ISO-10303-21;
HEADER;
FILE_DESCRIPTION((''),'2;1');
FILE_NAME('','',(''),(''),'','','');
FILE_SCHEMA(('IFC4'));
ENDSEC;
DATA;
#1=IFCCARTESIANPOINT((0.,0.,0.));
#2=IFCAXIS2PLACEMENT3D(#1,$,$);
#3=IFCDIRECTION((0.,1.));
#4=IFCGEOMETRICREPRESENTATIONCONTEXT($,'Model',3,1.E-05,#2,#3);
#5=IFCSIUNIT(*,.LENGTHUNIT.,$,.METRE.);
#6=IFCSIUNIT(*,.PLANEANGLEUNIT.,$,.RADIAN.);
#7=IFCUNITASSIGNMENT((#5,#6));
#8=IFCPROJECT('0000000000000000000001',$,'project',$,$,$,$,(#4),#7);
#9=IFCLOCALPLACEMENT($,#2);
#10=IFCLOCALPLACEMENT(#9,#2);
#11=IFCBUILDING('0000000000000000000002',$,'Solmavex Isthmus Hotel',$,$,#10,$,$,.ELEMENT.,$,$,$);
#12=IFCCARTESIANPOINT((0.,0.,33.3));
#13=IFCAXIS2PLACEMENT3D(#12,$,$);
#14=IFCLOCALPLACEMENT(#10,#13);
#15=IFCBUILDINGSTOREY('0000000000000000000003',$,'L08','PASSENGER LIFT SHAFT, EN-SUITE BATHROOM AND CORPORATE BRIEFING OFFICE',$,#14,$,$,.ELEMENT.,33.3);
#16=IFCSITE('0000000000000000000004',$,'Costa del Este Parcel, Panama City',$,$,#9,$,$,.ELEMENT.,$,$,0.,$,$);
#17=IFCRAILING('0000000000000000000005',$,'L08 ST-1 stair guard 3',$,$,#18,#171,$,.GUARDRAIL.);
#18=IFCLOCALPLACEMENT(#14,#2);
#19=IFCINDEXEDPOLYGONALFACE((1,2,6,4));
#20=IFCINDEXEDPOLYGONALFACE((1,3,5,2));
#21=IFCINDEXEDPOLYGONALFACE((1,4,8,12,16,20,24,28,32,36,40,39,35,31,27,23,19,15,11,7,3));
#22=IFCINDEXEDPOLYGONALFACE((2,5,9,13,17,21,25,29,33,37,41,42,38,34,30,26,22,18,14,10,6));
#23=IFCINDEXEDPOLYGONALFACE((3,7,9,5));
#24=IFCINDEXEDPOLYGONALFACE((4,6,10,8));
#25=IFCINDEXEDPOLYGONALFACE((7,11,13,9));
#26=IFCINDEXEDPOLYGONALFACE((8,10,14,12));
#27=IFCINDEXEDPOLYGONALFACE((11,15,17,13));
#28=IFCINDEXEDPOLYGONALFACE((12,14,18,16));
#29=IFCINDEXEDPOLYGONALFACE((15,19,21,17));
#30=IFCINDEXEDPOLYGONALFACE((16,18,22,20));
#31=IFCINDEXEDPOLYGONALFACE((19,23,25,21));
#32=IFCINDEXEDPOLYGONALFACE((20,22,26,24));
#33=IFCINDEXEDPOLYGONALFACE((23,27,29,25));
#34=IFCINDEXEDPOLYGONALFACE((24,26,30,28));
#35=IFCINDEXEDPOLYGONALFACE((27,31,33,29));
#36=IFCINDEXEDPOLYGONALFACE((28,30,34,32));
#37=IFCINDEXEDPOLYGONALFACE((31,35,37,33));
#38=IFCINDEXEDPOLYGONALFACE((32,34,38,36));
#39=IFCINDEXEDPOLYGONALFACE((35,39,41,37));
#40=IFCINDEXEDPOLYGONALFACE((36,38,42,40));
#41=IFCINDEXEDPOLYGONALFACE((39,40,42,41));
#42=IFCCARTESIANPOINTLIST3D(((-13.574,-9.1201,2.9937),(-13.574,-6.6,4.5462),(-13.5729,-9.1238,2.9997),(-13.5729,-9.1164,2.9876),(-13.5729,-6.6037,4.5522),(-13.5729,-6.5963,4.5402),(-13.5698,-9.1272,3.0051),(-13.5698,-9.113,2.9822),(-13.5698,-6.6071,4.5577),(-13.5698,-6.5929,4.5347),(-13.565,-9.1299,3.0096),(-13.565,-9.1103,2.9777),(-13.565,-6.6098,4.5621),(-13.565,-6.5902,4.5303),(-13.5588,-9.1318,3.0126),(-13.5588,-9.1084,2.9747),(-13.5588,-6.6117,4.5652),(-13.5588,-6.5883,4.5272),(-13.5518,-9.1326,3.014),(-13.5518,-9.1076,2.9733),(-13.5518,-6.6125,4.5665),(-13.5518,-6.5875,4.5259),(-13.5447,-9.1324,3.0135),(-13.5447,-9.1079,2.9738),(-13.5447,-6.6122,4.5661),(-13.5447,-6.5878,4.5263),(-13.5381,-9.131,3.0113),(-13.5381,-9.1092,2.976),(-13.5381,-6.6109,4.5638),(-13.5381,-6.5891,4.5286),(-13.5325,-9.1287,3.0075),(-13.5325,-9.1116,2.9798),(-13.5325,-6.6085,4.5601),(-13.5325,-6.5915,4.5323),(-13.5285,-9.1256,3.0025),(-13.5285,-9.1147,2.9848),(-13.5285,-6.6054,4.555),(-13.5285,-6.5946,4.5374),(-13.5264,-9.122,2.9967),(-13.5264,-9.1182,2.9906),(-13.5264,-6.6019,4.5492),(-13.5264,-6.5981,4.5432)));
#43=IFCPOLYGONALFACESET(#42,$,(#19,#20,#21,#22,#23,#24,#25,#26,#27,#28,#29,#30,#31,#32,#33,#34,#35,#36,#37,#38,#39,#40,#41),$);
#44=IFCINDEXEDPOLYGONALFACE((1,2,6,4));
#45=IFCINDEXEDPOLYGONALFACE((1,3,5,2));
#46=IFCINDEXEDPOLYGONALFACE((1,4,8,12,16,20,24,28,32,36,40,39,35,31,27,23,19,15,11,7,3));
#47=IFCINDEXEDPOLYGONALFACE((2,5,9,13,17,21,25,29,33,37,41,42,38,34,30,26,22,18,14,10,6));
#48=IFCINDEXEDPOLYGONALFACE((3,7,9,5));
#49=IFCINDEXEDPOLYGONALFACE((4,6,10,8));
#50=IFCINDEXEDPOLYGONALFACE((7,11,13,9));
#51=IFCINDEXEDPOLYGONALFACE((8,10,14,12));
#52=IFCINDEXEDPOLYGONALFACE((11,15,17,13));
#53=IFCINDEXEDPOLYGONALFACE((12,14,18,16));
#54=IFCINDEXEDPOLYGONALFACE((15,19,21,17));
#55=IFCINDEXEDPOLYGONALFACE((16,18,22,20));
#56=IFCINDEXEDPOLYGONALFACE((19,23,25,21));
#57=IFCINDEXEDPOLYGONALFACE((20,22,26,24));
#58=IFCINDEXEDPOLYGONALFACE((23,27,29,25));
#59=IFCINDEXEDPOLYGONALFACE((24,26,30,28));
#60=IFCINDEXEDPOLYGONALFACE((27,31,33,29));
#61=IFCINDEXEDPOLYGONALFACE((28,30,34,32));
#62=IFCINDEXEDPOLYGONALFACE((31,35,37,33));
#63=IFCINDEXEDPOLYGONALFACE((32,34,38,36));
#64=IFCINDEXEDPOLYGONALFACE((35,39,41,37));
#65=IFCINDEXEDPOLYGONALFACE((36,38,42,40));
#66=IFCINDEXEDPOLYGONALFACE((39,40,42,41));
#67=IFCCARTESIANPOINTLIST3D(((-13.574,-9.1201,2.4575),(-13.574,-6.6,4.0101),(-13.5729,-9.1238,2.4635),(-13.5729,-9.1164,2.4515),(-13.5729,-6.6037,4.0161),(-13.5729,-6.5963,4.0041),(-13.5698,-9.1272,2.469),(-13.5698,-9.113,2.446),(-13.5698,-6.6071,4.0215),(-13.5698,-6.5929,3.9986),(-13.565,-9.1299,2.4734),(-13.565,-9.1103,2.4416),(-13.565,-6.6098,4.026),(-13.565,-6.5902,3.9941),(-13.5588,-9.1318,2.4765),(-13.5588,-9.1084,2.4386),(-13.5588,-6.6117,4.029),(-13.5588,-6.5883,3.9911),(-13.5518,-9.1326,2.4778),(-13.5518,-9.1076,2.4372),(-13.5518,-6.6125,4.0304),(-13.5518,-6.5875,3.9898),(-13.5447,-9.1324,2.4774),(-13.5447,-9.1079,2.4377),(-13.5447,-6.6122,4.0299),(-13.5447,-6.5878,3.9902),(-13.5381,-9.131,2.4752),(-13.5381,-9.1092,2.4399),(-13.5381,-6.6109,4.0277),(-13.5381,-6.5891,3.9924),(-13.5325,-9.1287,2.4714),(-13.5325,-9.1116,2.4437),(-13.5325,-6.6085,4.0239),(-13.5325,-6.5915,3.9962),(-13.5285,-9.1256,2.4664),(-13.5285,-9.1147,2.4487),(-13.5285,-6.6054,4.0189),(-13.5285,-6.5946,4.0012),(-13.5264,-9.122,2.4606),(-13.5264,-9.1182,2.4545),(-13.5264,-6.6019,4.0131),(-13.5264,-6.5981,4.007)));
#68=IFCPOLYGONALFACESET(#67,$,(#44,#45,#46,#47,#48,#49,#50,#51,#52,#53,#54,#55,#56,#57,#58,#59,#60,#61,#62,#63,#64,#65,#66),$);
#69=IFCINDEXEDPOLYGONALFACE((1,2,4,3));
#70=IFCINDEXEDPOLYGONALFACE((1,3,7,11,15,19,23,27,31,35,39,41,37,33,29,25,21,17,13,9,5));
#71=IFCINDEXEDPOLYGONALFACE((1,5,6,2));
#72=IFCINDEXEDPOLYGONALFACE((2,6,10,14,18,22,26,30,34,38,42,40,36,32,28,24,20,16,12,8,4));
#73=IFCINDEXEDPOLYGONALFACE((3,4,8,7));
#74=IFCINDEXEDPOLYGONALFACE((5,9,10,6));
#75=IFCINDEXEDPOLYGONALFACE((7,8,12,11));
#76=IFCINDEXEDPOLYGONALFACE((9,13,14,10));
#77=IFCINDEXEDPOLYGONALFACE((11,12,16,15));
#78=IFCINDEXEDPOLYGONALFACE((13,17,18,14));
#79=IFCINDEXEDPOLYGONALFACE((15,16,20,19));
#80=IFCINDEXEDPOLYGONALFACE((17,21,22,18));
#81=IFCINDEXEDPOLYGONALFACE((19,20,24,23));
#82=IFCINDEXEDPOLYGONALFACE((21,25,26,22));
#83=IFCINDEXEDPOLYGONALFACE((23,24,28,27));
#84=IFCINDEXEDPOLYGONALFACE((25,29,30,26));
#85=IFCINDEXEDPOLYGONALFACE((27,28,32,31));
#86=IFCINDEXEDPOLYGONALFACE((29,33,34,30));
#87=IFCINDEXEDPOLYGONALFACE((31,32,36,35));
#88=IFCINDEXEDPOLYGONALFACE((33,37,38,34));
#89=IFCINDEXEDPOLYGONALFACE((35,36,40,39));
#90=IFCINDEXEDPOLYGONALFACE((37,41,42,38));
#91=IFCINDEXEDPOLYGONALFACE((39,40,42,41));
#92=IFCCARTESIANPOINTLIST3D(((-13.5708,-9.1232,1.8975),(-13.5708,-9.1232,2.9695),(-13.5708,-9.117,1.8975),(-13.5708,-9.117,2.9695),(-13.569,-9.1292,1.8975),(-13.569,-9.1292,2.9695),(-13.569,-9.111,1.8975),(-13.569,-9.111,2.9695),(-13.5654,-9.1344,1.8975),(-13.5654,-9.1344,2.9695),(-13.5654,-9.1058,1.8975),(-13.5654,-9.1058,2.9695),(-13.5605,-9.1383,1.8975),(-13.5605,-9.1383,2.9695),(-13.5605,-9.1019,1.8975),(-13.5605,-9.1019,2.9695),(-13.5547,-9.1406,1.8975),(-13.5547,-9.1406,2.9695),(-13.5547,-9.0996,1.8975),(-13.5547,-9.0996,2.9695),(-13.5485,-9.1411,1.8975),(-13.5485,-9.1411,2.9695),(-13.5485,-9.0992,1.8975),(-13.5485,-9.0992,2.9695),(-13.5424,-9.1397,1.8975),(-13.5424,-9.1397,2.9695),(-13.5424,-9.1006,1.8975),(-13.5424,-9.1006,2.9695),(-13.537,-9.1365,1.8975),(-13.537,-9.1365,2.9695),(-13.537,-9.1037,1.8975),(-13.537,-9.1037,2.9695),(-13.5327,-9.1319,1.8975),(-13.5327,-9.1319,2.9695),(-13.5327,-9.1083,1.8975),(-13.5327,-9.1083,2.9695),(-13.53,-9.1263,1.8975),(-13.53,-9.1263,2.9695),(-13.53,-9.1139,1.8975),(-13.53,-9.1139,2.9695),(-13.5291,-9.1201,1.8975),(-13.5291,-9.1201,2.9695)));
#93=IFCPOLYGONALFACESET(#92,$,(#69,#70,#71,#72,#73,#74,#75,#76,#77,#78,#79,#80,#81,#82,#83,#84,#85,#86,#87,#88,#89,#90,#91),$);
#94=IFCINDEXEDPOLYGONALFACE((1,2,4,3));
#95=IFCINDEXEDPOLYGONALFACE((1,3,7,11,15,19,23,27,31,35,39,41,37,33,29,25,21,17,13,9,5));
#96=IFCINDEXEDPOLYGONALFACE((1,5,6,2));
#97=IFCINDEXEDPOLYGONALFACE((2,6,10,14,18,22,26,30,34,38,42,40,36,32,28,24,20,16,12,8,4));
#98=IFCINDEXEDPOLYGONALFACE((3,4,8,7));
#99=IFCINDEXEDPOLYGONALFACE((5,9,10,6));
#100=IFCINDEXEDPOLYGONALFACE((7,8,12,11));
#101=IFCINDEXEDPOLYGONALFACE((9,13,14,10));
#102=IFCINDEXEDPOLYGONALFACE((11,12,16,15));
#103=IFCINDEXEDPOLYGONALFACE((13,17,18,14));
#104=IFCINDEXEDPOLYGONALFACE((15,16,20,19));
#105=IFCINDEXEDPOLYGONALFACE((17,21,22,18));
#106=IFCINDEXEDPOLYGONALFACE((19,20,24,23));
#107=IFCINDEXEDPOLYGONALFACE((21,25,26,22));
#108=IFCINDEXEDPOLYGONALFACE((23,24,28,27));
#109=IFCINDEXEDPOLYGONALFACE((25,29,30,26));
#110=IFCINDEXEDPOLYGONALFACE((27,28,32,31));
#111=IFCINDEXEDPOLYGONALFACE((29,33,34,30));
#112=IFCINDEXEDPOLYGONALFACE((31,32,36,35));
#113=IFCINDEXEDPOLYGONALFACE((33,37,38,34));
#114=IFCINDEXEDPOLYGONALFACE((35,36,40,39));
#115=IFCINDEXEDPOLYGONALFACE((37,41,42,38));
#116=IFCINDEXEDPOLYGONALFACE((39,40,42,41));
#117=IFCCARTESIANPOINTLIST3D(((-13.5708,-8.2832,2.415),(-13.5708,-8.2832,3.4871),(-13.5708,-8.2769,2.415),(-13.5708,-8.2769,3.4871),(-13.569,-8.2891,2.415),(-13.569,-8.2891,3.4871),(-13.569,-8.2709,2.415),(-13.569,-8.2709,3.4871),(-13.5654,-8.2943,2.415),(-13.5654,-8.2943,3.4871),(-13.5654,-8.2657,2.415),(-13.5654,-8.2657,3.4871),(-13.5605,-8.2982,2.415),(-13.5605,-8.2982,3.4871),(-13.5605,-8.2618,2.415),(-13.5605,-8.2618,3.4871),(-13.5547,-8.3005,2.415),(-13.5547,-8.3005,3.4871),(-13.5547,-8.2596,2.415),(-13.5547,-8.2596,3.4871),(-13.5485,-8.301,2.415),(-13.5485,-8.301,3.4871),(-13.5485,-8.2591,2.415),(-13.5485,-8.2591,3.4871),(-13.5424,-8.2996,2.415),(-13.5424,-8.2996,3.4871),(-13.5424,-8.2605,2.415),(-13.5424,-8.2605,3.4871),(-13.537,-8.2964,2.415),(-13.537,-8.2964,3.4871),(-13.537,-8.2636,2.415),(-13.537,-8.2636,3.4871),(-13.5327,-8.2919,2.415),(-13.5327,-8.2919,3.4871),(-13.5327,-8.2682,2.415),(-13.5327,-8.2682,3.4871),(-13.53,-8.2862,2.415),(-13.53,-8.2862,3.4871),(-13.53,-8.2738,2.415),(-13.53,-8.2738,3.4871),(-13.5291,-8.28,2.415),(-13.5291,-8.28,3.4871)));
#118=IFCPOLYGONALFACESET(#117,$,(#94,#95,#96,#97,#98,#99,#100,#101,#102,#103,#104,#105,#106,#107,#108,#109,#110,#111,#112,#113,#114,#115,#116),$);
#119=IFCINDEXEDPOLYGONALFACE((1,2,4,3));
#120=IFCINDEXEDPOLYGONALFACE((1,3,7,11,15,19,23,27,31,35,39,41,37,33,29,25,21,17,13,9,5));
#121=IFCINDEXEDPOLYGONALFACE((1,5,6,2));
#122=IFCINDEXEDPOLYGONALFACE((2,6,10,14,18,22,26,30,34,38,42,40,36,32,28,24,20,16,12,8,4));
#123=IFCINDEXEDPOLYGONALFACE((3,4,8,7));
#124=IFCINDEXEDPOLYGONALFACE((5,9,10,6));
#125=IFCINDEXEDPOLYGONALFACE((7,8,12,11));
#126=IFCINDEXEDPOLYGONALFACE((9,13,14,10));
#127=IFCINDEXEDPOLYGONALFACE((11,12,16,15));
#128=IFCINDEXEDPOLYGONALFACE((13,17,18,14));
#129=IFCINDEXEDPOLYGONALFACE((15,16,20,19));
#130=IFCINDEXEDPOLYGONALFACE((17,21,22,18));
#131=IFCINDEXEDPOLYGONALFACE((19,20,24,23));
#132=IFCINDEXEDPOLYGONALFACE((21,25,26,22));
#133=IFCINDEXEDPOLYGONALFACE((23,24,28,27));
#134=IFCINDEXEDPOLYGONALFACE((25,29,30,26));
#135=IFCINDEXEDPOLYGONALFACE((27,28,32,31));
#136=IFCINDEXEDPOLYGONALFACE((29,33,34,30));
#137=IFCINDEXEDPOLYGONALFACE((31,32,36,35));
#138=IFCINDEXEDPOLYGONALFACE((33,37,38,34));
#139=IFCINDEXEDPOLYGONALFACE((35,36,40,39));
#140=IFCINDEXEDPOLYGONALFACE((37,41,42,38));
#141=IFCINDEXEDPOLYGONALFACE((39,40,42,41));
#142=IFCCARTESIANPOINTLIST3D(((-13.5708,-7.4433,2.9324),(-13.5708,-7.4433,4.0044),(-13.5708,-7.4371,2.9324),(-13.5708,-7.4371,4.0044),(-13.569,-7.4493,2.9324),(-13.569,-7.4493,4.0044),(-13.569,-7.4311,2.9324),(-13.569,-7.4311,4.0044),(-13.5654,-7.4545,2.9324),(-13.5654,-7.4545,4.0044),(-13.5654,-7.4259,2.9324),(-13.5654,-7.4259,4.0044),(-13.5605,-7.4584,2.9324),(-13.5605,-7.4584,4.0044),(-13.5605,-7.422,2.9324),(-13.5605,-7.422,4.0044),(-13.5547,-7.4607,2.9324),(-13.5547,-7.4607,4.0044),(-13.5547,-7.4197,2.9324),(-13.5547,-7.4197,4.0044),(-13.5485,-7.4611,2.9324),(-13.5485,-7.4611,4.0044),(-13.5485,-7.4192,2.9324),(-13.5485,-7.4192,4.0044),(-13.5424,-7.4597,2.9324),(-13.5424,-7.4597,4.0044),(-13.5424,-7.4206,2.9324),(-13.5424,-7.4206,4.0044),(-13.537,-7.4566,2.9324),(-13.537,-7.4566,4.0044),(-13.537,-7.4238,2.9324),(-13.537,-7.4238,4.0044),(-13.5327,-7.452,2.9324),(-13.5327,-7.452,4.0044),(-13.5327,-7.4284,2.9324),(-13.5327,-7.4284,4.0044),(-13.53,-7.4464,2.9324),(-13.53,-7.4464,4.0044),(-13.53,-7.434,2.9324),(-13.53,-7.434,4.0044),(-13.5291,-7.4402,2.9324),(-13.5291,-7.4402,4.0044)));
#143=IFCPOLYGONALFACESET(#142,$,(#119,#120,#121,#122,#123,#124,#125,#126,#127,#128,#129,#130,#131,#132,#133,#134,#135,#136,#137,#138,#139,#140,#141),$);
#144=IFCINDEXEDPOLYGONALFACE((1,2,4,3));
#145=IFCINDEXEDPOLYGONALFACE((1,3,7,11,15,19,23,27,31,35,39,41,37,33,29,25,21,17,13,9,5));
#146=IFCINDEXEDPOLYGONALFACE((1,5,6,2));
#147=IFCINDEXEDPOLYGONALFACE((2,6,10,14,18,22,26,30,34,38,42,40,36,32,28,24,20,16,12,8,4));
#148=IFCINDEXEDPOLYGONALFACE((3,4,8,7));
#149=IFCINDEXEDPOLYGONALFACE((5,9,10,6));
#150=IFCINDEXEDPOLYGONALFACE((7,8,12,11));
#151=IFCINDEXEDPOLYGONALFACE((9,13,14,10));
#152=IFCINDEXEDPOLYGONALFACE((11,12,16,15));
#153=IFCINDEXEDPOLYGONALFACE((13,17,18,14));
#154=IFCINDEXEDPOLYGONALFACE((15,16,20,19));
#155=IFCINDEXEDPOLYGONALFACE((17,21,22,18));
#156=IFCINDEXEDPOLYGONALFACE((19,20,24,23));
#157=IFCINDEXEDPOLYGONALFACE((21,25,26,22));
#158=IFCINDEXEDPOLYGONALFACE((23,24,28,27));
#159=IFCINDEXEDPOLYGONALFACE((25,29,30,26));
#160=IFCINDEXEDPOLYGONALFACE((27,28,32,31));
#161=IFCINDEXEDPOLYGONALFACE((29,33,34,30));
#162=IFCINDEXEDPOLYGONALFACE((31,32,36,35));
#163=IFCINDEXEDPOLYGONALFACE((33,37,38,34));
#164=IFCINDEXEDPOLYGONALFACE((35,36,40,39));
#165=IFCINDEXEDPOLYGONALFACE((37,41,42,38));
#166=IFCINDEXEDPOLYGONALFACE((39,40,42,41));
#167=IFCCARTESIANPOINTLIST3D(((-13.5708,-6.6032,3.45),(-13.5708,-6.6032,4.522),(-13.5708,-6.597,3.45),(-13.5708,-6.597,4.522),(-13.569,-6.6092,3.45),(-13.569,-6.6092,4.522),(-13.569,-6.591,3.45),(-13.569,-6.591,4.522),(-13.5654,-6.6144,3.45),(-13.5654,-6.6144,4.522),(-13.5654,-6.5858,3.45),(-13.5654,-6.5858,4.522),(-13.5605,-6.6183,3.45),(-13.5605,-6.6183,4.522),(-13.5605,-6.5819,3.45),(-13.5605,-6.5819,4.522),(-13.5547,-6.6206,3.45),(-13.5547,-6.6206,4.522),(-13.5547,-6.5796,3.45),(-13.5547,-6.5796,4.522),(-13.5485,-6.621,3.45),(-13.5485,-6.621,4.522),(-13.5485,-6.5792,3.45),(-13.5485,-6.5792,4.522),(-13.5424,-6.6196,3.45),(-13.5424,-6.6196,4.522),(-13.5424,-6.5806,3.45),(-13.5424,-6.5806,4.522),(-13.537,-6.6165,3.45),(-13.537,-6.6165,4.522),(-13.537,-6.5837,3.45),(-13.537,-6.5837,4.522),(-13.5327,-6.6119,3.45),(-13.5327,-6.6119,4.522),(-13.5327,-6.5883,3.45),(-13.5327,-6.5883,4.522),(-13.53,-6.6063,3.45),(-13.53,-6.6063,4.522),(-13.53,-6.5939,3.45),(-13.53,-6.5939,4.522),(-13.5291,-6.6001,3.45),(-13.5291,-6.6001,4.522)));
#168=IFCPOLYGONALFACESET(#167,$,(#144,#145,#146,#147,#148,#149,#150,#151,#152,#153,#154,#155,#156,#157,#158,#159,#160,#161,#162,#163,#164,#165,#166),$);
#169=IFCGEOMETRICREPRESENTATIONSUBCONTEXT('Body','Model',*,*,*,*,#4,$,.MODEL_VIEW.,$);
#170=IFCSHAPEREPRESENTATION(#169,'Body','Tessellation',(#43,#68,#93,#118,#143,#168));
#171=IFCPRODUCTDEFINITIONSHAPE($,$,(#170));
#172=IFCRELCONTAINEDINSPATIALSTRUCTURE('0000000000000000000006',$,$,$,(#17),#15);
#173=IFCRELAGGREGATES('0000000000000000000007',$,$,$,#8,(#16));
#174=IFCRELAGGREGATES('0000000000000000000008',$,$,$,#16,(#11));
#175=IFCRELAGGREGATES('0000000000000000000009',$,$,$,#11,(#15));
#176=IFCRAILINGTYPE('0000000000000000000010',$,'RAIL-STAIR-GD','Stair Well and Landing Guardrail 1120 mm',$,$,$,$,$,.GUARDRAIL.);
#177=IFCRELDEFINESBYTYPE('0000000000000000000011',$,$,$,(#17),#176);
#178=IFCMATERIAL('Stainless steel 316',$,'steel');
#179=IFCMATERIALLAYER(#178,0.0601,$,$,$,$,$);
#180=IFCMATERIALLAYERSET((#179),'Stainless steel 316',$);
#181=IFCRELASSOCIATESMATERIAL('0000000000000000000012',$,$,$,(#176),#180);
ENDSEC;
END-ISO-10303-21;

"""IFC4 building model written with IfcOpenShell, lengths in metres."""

from ifc_helpers import new_model, si_unit, direction, frame, origin, origin_2d, place, context, subcontext, project, spatial, circle, extrude, material, layer, layer_set, type_object, element, save


model = new_model("IFC4")

# Units and contexts
model_context = context("Model", 3, precision=1e-05, world=origin(), true_north=direction((0.0, 1.0)))
body_context = subcontext(model_context, "Body", "Model", "MODEL_VIEW")
ifc_project = project(units=[si_unit("LENGTHUNIT", "METRE"), si_unit("PLANEANGLEUNIT", "RADIAN")], contexts=[model_context])

# Site, building, storey
site_placement = place(None, origin())
site = spatial("IfcSite", under=ifc_project, at=site_placement, Name="Costa del Este Parcel, Panama City", CompositionType="ELEMENT", RefElevation=0.0)
building_placement = place(site_placement, origin())
building = spatial("IfcBuilding", under=site, at=building_placement, Name="Solmavex Isthmus Hotel", CompositionType="ELEMENT")
storey_placement = place(building_placement, frame((0.0, 0.0, 33.3)))
storey = spatial("IfcBuildingStorey", under=building, at=storey_placement, Name="L08", Description="PASSENGER LIFT SHAFT, EN-SUITE BATHROOM AND CORPORATE BRIEFING OFFICE", CompositionType="ELEMENT", Elevation=33.3)

# Shared definitions
ifc_material_1 = material(Name="Stainless steel 316", Category="steel")

# Railing
ifc_layer_1 = layer(ifc_material_1, 0.0601)
ifc_layer_set_1 = layer_set([ifc_layer_1], Name="Stainless steel 316")
railing_type_1 = type_object("IfcRailingType", Name="RAIL-STAIR-GD", Description="Stair Well and Landing Guardrail 1120 mm", PredefinedType="GUARDRAIL", material=ifc_layer_set_1)
railing_1_placement = place(storey_placement, frame((-13.55, -9.1201, 1.8975)))
element("IfcRailing", 1, at=railing_1_placement, inside=storey, type_object=railing_type_1, Name="L08 ST-1 stair guard 3", PredefinedType="GUARDRAIL", context=body_context, shape_type="SweptSolid", body=[
    extrude(circle(Radius=0.0239, at=origin_2d()), frame((0.0, 0.0, 1.0962), z_axis=(0.0, 0.8514, 0.524516), x_axis=(-1.0, 0.0, 0.0)), (0.0, 0.0, 1.0), 2.96),
    extrude(circle(Radius=0.0239, at=origin_2d()), frame((0.0, 0.0, 0.5601), z_axis=(0.0, 0.8514, 0.524516), x_axis=(-1.0, 0.0, 0.0)), (0.0, 0.0, 1.0), 2.96),
    extrude(circle(Radius=0.021, at=origin_2d()), origin(), (0.0, 0.0, 1.0), 1.072),
    extrude(circle(Radius=0.021, at=origin_2d()), frame((0.0, 0.8401, 0.5176)), (0.0, 0.0, 1.0), 1.072),
    extrude(circle(Radius=0.021, at=origin_2d()), frame((0.0, 1.6799, 1.0349)), (0.0, 0.0, 1.0), 1.072),
    extrude(circle(Radius=0.021, at=origin_2d()), frame((0.0, 2.52, 1.5525)), (0.0, 0.0, 1.0), 1.072),
])

save(model, "model.ifc")
